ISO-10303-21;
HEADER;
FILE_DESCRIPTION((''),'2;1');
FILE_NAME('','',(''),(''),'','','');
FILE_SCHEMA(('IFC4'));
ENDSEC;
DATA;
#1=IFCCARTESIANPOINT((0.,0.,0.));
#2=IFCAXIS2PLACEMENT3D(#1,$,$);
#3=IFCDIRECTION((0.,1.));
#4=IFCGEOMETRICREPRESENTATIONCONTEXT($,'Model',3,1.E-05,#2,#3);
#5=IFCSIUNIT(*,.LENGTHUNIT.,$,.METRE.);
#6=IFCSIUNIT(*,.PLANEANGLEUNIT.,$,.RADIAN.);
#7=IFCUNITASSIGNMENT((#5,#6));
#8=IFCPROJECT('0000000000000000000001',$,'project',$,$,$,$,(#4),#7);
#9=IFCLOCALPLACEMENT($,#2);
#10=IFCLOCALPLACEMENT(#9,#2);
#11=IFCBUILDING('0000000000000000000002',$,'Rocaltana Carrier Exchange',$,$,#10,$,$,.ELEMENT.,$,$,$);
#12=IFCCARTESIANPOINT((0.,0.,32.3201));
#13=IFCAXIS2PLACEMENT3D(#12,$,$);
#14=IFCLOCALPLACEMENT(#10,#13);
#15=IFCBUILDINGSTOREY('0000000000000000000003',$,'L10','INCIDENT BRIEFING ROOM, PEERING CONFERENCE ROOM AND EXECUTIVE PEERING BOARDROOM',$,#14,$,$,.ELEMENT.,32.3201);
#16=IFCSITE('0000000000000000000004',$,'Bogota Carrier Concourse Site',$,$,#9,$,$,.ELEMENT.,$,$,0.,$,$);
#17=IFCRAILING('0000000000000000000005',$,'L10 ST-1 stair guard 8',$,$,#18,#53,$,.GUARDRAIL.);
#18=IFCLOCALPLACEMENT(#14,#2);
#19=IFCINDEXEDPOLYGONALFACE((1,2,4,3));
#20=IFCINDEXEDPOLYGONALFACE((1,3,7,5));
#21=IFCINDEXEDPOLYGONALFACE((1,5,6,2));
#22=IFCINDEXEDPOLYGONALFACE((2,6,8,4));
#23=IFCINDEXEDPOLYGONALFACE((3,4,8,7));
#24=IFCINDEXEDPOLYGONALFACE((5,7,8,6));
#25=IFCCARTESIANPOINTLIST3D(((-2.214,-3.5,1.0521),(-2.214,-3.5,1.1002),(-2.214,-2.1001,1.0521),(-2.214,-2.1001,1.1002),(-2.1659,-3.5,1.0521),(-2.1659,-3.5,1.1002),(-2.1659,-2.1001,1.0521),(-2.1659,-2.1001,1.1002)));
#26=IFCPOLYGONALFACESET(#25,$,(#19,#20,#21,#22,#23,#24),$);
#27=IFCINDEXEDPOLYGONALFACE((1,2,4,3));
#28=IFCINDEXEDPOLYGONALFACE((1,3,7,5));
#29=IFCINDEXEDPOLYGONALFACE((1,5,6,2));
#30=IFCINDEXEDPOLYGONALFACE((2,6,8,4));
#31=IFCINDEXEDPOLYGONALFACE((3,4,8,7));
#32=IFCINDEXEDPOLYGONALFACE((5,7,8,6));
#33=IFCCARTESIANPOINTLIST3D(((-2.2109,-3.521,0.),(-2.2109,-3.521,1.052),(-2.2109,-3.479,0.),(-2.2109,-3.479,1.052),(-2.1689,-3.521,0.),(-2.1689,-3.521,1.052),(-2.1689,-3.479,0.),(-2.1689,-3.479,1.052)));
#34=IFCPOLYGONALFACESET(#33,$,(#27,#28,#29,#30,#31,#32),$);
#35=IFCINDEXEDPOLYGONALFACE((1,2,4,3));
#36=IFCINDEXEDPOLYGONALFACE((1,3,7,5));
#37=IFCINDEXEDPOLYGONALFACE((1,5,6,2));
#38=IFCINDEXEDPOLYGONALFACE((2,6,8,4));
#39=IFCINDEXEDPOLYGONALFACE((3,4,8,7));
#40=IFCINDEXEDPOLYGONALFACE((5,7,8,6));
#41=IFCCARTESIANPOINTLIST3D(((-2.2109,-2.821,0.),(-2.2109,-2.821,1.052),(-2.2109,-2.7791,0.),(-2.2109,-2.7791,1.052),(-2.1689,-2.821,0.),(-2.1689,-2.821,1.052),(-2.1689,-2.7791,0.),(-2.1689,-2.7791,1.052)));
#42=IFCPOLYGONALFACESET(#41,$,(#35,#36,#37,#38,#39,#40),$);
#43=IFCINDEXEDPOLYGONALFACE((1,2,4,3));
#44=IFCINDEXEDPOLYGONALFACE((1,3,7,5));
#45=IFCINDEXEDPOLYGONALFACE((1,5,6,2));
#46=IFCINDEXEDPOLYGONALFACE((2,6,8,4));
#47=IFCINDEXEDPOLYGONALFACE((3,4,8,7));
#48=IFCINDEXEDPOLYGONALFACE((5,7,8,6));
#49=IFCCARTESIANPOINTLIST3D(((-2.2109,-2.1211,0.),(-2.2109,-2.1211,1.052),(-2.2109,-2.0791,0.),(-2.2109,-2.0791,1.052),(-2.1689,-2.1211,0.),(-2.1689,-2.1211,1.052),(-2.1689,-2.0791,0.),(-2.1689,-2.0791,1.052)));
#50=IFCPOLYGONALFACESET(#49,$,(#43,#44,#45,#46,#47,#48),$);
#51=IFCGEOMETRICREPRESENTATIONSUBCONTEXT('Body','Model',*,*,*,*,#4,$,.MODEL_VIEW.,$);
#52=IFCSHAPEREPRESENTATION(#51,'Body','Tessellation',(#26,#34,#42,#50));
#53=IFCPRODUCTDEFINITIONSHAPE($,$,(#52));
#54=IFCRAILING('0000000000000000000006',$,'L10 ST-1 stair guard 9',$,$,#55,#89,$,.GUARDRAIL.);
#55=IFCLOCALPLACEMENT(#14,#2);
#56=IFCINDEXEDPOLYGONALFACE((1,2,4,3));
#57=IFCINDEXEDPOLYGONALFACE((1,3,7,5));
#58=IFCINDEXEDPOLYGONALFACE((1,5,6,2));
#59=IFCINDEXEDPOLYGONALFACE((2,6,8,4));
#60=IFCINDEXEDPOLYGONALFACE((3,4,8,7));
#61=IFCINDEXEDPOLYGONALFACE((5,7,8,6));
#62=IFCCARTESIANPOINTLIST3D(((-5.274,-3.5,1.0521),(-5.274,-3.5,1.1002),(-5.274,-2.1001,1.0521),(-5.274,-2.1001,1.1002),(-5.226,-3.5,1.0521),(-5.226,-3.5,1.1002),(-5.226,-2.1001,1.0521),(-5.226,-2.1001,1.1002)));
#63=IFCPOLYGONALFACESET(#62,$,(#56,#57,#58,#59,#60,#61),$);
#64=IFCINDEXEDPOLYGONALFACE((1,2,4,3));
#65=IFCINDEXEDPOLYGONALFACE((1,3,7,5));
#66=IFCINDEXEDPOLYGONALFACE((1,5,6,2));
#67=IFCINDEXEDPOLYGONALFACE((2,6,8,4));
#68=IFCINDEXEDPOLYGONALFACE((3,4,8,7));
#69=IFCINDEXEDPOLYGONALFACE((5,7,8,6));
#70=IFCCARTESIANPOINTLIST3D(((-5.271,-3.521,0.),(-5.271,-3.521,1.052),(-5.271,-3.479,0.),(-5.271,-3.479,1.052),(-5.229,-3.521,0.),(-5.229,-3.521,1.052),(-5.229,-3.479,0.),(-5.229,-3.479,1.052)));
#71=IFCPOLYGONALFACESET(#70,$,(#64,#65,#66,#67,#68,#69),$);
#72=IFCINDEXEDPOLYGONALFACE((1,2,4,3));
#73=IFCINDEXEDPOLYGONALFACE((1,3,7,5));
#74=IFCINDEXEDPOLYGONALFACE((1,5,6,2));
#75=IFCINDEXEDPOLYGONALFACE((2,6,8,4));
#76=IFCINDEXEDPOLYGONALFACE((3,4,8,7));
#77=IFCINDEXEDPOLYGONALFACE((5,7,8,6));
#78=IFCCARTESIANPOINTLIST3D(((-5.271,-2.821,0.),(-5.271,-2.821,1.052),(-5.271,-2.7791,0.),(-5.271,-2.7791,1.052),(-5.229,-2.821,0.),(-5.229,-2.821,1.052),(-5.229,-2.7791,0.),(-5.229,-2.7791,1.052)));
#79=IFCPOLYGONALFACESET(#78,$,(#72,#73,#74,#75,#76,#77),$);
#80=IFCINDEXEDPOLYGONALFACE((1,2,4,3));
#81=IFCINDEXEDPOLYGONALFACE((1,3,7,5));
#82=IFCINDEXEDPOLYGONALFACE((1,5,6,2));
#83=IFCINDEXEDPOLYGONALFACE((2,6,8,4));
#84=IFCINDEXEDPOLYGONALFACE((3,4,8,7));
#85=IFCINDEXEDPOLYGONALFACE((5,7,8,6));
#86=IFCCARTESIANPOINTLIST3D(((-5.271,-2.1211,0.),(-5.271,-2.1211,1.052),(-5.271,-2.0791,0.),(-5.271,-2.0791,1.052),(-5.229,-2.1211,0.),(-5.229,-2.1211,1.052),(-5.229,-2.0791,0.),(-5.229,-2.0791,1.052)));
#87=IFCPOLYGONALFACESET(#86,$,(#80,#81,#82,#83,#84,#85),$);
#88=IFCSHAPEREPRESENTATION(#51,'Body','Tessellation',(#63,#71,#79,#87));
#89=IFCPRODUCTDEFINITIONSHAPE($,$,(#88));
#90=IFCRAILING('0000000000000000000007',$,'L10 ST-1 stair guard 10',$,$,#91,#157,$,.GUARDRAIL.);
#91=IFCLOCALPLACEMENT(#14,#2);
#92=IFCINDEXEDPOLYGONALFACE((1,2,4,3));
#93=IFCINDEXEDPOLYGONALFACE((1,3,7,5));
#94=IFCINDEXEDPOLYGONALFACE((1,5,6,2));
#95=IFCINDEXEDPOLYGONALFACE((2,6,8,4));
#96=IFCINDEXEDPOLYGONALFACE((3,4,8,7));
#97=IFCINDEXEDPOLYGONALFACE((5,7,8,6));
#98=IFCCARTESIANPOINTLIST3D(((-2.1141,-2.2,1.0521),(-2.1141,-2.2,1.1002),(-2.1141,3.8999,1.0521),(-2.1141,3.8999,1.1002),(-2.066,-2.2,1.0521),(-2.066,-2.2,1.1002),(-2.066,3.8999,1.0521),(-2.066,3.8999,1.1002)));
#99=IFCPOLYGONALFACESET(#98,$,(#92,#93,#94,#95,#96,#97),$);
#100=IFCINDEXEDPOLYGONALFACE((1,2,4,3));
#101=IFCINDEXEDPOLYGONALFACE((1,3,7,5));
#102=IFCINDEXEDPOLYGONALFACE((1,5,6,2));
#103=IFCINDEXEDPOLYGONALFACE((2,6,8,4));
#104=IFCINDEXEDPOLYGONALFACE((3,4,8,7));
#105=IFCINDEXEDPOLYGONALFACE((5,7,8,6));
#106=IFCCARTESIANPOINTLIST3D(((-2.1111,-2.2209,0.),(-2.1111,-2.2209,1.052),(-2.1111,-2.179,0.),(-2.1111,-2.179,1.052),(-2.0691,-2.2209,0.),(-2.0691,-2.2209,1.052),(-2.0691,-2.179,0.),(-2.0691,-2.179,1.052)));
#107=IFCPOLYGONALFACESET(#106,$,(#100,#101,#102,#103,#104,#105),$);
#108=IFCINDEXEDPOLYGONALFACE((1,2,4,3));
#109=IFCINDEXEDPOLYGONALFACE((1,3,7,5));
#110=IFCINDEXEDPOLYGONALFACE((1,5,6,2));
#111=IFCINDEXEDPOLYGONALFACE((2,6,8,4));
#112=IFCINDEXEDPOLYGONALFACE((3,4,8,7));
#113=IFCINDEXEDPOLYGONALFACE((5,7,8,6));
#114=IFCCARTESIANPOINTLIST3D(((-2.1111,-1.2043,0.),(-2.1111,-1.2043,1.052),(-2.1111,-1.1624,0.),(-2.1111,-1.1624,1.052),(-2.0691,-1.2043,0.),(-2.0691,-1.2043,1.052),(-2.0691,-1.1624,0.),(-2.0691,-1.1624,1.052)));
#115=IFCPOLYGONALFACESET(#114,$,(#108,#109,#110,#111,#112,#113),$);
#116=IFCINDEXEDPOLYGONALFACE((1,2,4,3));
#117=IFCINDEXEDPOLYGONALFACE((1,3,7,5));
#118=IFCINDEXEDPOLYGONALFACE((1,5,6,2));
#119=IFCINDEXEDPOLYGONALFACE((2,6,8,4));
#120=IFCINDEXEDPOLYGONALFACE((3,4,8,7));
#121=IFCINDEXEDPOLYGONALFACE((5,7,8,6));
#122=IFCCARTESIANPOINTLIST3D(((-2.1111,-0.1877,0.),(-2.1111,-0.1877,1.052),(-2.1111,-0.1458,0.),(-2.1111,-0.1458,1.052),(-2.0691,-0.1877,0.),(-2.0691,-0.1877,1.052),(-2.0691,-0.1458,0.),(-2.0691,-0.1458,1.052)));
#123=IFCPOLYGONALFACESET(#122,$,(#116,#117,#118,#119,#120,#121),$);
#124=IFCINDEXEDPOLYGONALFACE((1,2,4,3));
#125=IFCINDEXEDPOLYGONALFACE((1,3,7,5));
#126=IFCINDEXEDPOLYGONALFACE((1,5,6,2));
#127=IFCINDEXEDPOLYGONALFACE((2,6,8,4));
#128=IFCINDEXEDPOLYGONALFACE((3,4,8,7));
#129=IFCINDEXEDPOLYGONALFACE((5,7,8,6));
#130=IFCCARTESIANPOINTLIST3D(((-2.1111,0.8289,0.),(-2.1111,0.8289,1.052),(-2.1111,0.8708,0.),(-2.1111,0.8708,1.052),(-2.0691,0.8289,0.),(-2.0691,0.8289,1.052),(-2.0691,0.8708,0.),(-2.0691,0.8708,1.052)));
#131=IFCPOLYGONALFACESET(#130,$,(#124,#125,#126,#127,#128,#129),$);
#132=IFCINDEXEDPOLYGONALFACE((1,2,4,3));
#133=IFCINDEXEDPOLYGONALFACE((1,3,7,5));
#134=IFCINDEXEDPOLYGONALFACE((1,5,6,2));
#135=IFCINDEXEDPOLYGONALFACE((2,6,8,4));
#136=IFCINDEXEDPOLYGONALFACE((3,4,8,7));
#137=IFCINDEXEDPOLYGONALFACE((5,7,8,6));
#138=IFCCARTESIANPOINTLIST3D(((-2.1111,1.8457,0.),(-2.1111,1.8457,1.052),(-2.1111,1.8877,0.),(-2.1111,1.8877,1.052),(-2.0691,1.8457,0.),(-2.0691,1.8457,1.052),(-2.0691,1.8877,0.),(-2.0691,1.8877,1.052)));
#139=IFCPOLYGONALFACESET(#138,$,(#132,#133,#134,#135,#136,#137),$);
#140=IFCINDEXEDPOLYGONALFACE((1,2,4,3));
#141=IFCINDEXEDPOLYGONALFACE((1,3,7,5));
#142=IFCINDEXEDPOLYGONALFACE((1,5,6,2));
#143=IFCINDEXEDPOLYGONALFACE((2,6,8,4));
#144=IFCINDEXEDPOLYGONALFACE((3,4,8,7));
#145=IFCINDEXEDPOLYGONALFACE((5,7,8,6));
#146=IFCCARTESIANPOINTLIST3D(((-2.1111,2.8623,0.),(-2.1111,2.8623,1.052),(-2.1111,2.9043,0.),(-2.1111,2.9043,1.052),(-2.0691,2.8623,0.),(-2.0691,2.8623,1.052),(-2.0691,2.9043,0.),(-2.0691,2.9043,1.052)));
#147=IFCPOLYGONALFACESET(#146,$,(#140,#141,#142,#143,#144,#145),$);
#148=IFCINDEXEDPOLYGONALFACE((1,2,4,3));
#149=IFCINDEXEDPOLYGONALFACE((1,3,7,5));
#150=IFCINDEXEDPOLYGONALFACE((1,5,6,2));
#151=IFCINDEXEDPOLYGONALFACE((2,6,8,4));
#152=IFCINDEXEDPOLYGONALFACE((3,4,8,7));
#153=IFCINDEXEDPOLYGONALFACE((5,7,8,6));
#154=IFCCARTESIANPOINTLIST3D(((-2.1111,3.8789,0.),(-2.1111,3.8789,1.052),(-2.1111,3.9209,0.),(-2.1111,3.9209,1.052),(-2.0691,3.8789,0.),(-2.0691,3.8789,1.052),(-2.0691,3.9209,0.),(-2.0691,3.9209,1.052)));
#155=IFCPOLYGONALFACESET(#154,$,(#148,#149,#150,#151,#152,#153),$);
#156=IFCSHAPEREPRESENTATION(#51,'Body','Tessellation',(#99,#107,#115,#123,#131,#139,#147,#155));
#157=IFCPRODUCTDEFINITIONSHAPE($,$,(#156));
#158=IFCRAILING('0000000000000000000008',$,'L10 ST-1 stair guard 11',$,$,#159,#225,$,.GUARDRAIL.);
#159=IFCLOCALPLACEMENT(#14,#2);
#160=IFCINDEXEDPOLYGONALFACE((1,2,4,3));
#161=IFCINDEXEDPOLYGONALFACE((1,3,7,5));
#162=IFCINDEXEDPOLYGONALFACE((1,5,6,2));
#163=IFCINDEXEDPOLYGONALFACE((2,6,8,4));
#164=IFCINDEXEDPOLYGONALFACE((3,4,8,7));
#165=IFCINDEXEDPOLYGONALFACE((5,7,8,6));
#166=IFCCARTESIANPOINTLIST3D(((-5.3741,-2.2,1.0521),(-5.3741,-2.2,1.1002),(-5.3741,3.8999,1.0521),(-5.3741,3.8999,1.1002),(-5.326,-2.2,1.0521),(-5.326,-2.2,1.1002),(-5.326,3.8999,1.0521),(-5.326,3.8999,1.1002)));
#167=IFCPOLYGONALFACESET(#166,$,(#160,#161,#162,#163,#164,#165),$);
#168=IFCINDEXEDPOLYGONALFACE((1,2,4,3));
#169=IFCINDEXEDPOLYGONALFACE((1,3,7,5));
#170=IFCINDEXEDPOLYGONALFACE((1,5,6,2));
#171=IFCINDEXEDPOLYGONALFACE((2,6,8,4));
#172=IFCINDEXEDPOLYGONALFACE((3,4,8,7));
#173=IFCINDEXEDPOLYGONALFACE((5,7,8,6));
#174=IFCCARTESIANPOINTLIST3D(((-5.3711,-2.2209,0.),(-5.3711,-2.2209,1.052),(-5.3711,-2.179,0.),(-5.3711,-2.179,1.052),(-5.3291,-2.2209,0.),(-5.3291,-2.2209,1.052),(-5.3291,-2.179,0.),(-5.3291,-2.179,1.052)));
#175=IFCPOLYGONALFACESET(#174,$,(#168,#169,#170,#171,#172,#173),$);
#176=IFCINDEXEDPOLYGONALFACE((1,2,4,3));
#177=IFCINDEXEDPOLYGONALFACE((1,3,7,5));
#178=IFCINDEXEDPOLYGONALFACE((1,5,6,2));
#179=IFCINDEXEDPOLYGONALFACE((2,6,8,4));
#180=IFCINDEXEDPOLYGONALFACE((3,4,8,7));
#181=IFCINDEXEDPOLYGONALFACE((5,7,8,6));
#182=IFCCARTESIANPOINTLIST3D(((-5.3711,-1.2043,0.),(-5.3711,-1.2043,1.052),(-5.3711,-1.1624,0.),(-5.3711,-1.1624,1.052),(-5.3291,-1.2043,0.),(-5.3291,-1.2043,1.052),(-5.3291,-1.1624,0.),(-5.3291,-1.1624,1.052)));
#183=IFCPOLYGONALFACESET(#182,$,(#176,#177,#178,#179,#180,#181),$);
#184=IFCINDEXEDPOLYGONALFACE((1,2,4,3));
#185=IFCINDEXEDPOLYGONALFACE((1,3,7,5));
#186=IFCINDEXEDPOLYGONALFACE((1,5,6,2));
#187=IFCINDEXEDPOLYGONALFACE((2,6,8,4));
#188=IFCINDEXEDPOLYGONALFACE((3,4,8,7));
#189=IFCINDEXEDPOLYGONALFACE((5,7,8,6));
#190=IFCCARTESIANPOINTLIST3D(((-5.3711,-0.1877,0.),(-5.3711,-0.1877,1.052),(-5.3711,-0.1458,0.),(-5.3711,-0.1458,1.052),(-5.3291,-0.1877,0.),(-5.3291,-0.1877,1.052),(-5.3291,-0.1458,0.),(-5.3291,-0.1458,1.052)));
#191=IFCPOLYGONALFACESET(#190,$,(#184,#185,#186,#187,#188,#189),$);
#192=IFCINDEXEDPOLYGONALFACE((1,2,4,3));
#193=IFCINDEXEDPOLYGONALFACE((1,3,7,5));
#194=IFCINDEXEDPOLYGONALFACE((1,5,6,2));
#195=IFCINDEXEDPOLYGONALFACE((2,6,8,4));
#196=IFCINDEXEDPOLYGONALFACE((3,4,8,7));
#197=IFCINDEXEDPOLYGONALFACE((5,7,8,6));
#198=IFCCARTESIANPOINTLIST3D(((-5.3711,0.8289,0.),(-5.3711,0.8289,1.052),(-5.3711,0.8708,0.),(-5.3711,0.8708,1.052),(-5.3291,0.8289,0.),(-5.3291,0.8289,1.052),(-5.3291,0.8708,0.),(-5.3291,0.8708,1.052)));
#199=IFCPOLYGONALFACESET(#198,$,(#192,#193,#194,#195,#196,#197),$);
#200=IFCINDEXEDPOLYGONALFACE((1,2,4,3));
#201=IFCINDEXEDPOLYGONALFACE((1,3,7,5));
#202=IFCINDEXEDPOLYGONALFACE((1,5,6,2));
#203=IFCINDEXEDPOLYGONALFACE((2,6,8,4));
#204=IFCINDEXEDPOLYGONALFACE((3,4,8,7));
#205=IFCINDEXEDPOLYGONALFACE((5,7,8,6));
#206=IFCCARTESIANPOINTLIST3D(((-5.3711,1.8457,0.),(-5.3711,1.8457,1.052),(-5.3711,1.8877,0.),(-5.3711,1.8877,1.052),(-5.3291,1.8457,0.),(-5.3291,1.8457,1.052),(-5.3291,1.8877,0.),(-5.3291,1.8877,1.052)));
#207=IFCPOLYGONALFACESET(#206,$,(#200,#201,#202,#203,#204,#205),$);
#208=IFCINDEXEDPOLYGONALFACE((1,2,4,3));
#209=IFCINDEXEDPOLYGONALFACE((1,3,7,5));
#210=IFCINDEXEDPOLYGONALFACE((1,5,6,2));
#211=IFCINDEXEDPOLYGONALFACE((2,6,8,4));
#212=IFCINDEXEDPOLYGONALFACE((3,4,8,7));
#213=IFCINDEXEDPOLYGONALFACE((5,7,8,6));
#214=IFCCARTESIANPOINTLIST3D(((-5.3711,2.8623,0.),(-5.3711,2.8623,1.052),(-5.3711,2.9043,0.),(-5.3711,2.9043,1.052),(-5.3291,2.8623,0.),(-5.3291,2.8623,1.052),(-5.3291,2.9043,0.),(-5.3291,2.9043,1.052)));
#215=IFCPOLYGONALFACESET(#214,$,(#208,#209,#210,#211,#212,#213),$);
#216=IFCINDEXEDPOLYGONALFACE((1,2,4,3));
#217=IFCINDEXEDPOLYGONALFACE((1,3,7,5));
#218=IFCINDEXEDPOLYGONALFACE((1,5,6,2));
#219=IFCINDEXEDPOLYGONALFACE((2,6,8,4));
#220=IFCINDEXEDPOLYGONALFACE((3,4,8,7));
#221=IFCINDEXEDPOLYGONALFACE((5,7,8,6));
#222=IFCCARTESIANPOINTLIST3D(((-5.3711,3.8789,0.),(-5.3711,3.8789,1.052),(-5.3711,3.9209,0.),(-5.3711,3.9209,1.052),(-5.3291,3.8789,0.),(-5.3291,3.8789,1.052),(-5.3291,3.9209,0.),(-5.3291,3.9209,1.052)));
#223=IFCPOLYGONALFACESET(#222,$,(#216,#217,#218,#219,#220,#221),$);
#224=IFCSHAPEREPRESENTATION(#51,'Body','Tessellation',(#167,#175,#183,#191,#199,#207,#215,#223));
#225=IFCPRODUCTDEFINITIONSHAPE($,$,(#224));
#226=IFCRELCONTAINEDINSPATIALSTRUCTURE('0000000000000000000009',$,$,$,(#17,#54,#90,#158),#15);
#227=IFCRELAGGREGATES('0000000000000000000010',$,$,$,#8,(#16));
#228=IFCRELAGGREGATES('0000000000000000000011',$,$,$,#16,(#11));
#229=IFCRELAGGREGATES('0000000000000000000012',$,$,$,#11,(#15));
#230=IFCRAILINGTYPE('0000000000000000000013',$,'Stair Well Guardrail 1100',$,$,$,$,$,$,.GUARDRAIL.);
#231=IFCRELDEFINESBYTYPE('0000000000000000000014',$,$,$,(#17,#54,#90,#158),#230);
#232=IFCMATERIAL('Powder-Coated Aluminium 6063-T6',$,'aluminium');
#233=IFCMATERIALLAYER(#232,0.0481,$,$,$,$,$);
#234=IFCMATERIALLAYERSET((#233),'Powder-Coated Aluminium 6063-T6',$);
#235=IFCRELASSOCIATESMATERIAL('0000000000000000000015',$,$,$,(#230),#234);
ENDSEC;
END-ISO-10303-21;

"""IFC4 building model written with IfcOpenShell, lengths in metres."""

from ifc_helpers import new_model, si_unit, direction, frame, origin, origin_2d, place, context, subcontext, project, spatial, rectangle, extrude, material, layer, layer_set, type_object, element, save


model = new_model("IFC4")

# Units and contexts
model_context = context("Model", 3, precision=1e-05, world=origin(), true_north=direction((0.0, 1.0)))
body_context = subcontext(model_context, "Body", "Model", "MODEL_VIEW")
ifc_project = project(units=[si_unit("LENGTHUNIT", "METRE"), si_unit("PLANEANGLEUNIT", "RADIAN")], contexts=[model_context])

# Site, building, storey
site_placement = place(None, origin())
site = spatial("IfcSite", under=ifc_project, at=site_placement, Name="Bogota Carrier Concourse Site", CompositionType="ELEMENT", RefElevation=0.0)
building_placement = place(site_placement, origin())
building = spatial("IfcBuilding", under=site, at=building_placement, Name="Rocaltana Carrier Exchange", CompositionType="ELEMENT")
storey_placement = place(building_placement, frame((0.0, 0.0, 32.3201)))
storey = spatial("IfcBuildingStorey", under=building, at=storey_placement, Name="L10", Description="INCIDENT BRIEFING ROOM, PEERING CONFERENCE ROOM AND EXECUTIVE PEERING BOARDROOM", CompositionType="ELEMENT", Elevation=32.3201)

# Railings
ifc_material_1 = material(Name="Powder-Coated Aluminium 6063-T6", Category="aluminium")
ifc_layer_1 = layer(ifc_material_1, 0.0481)
ifc_layer_set_1 = layer_set([ifc_layer_1], Name="Powder-Coated Aluminium 6063-T6")
railing_type_1 = type_object("IfcRailingType", Name="Stair Well Guardrail 1100", PredefinedType="GUARDRAIL", material=ifc_layer_set_1)
for number, where, name in (
    (1, (-2.1899, -3.5, 0.0), "L10 ST-1 stair guard 8"),
    (2, (-5.25, -3.5, 0.0), "L10 ST-1 stair guard 9"),
):
    element("IfcRailing", number, at=place(storey_placement, frame(where)), inside=storey, type_object=railing_type_1, Name=name, PredefinedType="GUARDRAIL", context=body_context, shape_type="SweptSolid", body=[
        extrude(rectangle(XDim=0.0481, YDim=0.0481, at=origin_2d()), frame((0.0, 0.0, 1.0762), z_axis=(0.0, 1.0, 0.0), x_axis=(-1.0, 0.0, 0.0)), (0.0, 0.0, 1.0), 1.3999),
        extrude(rectangle(XDim=0.042, YDim=0.042, at=origin_2d()), origin(), (0.0, 0.0, 1.0), 1.052),
        extrude(rectangle(XDim=0.042, YDim=0.042, at=origin_2d()), frame((0.0, 0.7, 0.0)), (0.0, 0.0, 1.0), 1.052),
        extrude(rectangle(XDim=0.042, YDim=0.042, at=origin_2d()), frame((0.0, 1.3999, 0.0)), (0.0, 0.0, 1.0), 1.052),
    ])
for number, where, name in (
    (3, (-2.0901, -2.2, 0.0), "L10 ST-1 stair guard 10"),
    (4, (-5.3501, -2.2, 0.0), "L10 ST-1 stair guard 11"),
):
    element("IfcRailing", number, at=place(storey_placement, frame(where)), inside=storey, type_object=railing_type_1, Name=name, PredefinedType="GUARDRAIL", context=body_context, shape_type="SweptSolid", body=[
        extrude(rectangle(XDim=0.0481, YDim=0.0481, at=origin_2d()), frame((0.0, 0.0, 1.0762), z_axis=(0.0, 1.0, 0.0), x_axis=(-1.0, 0.0, 0.0)), (0.0, 0.0, 1.0), 6.0999),
        extrude(rectangle(XDim=0.042, YDim=0.042, at=origin_2d()), origin(), (0.0, 0.0, 1.0), 1.052),
        extrude(rectangle(XDim=0.042, YDim=0.042, at=origin_2d()), frame((0.0, 1.0166, 0.0)), (0.0, 0.0, 1.0), 1.052),
        extrude(rectangle(XDim=0.042, YDim=0.042, at=origin_2d()), frame((0.0, 2.0332, 0.0)), (0.0, 0.0, 1.0), 1.052),
        extrude(rectangle(XDim=0.042, YDim=0.042, at=origin_2d()), frame((0.0, 3.0498, 0.0)), (0.0, 0.0, 1.0), 1.052),
        extrude(rectangle(XDim=0.042, YDim=0.042, at=origin_2d()), frame((0.0, 4.0667, 0.0)), (0.0, 0.0, 1.0), 1.052),
        extrude(rectangle(XDim=0.042, YDim=0.042, at=origin_2d()), frame((0.0, 5.0833, 0.0)), (0.0, 0.0, 1.0), 1.052),
        extrude(rectangle(XDim=0.042, YDim=0.042, at=origin_2d()), frame((0.0, 6.0999, 0.0)), (0.0, 0.0, 1.0), 1.052),
    ])

save(model, "model.ifc")
